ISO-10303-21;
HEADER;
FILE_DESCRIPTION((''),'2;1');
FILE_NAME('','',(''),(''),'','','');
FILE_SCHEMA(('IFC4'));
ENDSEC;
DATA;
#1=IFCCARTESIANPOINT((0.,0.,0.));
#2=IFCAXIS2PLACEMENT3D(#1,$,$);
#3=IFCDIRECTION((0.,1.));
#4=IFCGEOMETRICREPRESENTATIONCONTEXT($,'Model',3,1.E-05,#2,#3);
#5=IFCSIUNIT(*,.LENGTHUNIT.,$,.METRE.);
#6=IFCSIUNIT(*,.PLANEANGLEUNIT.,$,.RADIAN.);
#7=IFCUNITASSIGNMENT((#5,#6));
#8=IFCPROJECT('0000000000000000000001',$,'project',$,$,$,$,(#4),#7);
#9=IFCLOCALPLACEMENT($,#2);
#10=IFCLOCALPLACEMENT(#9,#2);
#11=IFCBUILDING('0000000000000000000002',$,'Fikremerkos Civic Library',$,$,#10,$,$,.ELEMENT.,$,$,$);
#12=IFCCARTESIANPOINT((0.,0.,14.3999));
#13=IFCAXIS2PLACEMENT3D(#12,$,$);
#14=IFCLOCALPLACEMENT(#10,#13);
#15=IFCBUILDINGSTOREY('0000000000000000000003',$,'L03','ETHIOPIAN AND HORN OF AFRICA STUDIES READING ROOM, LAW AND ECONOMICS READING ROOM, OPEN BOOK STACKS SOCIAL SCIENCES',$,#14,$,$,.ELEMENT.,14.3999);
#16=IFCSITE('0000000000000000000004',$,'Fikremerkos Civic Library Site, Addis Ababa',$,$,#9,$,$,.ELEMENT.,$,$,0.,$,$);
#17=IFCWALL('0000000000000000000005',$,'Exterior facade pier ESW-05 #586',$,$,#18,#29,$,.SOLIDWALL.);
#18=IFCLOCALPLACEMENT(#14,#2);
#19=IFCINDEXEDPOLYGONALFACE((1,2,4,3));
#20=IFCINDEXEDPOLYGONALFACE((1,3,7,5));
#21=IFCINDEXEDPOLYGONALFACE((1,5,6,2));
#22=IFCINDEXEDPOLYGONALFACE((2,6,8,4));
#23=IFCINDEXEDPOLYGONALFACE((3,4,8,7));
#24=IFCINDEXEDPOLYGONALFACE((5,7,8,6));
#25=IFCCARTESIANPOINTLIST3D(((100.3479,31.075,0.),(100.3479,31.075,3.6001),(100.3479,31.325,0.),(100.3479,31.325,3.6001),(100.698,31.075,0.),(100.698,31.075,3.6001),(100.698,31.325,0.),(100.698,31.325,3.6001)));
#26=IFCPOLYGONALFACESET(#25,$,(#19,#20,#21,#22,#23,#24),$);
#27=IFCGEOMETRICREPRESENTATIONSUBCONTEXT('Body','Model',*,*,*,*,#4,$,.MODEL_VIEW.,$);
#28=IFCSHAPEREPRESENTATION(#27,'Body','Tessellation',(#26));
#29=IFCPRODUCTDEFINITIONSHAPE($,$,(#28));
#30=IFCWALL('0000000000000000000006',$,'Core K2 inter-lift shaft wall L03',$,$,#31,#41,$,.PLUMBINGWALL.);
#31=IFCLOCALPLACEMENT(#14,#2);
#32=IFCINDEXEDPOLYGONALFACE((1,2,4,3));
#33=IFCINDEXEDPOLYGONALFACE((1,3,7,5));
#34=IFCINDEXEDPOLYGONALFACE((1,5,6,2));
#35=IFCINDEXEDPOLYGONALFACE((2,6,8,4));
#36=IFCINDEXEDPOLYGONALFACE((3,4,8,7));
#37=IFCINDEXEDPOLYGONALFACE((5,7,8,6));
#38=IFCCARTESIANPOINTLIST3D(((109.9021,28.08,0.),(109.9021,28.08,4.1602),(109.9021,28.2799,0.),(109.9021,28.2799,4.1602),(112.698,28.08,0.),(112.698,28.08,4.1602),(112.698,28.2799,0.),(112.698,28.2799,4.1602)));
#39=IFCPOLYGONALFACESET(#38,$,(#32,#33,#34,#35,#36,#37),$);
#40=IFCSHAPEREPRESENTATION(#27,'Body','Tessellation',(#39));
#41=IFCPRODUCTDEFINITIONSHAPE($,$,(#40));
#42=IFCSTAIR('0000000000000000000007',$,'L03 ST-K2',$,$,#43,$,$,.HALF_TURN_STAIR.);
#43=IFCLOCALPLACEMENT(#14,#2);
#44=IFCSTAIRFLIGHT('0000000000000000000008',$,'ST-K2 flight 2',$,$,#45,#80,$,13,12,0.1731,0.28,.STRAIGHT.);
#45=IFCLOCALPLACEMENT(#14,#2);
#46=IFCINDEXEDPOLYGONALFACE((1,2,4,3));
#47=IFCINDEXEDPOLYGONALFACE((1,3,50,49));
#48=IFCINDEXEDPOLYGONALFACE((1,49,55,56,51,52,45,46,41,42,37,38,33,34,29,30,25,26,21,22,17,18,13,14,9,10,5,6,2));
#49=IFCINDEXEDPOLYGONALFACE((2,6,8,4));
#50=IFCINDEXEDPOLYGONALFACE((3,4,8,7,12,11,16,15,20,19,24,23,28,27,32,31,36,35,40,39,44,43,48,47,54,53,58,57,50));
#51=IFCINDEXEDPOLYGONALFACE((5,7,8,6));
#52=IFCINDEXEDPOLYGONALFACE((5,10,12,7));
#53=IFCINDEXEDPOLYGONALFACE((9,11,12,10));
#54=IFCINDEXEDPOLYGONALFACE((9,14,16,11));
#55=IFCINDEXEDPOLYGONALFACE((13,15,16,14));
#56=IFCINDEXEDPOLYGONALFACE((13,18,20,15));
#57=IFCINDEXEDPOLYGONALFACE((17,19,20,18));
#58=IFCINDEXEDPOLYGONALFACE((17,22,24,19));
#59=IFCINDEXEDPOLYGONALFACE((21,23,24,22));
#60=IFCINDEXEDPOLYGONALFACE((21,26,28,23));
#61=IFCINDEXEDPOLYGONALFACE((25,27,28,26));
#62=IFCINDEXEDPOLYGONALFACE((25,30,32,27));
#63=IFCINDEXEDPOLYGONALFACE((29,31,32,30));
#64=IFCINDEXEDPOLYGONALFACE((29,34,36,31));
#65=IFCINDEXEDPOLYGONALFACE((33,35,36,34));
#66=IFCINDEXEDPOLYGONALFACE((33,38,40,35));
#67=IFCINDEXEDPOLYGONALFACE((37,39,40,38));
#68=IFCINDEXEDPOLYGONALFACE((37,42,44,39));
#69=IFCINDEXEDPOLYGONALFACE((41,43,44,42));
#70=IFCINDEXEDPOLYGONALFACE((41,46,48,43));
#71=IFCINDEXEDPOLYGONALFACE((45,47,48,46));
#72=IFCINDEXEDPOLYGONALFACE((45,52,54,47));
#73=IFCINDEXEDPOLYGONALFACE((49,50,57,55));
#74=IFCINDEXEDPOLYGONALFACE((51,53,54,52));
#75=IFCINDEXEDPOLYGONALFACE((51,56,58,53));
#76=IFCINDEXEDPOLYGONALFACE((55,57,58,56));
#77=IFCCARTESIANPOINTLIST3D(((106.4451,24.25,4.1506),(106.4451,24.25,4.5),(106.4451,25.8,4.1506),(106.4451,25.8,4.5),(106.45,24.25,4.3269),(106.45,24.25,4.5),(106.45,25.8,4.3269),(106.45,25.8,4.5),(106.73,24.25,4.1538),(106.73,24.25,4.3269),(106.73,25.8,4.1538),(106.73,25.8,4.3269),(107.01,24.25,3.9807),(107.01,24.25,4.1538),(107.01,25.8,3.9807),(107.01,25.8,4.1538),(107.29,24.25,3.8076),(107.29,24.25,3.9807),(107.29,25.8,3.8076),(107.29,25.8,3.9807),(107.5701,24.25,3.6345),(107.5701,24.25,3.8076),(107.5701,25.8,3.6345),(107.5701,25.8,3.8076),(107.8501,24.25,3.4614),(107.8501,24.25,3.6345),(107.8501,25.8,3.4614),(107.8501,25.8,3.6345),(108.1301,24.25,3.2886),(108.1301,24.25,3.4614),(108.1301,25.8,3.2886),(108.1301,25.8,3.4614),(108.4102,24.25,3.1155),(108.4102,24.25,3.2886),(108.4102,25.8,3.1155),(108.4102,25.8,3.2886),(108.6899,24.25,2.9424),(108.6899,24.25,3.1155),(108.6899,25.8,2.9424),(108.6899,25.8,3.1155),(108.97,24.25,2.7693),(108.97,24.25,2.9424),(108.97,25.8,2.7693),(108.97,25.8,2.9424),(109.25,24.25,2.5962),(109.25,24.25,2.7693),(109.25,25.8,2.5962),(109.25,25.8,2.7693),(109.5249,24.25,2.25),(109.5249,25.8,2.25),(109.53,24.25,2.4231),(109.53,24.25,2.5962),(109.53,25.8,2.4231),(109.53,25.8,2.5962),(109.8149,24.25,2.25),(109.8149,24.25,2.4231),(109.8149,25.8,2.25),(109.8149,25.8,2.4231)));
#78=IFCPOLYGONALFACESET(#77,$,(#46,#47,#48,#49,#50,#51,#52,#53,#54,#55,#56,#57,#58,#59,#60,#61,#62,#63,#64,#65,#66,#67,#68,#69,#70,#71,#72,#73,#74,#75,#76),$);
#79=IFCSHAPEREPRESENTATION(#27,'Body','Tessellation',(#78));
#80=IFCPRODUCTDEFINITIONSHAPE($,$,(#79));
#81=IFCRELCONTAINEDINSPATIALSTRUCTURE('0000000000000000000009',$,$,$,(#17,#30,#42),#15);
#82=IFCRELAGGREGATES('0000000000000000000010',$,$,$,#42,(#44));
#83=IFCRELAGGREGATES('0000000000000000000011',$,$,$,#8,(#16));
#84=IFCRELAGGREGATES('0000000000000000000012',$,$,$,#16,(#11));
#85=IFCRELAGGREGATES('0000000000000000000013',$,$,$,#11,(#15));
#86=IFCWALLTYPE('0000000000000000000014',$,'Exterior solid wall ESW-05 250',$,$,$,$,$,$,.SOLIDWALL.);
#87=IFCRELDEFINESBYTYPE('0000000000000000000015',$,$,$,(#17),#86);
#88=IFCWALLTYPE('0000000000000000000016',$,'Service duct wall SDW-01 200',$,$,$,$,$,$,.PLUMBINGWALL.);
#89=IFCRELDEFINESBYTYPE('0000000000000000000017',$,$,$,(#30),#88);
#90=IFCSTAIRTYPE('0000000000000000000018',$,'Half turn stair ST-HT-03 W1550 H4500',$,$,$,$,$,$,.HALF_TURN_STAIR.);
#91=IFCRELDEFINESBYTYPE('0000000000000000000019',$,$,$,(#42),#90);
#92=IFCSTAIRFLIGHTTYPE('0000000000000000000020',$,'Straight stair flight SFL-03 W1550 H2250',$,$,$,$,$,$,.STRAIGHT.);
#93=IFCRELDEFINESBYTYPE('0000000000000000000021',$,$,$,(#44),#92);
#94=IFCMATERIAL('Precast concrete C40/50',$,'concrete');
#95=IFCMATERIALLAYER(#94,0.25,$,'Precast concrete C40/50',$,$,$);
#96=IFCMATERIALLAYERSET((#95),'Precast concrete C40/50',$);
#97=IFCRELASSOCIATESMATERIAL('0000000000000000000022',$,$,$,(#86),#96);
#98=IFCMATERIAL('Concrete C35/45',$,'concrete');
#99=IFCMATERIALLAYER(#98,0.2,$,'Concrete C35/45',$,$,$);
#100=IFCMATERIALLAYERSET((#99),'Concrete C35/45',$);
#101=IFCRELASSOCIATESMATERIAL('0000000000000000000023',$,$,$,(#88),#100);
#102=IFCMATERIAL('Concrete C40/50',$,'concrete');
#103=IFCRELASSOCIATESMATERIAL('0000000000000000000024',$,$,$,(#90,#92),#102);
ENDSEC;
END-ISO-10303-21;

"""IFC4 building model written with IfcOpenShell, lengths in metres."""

from ifc_helpers import new_model, si_unit, direction, frame, frame_2d, origin, place, context, subcontext, project, spatial, polyline, rectangle, outline, extrude, material, layer, layer_set, type_object, element, aggregate, save


model = new_model("IFC4")

# Units and contexts
model_context = context("Model", 3, precision=1e-05, world=origin(), true_north=direction((0.0, 1.0)))
body_context = subcontext(model_context, "Body", "Model", "MODEL_VIEW")
ifc_project = project(units=[si_unit("LENGTHUNIT", "METRE"), si_unit("PLANEANGLEUNIT", "RADIAN")], contexts=[model_context])

# Site, building, storey
site_placement = place(None, origin())
site = spatial("IfcSite", under=ifc_project, at=site_placement, Name="Fikremerkos Civic Library Site, Addis Ababa", CompositionType="ELEMENT", RefElevation=0.0)
building_placement = place(site_placement, origin())
building = spatial("IfcBuilding", under=site, at=building_placement, Name="Fikremerkos Civic Library", CompositionType="ELEMENT")
storey_placement = place(building_placement, frame((0.0, 0.0, 14.3999)))
storey = spatial("IfcBuildingStorey", under=building, at=storey_placement, Name="L03", Description="ETHIOPIAN AND HORN OF AFRICA STUDIES READING ROOM, LAW AND ECONOMICS READING ROOM, OPEN BOOK STACKS SOCIAL SCIENCES", CompositionType="ELEMENT", Elevation=14.3999)

# Shared definitions
ifc_material_1 = material(Name="Concrete C40/50", Category="concrete")

# Walls
ifc_material_2 = material(Name="Precast concrete C40/50", Category="concrete")
ifc_layer_1 = layer(ifc_material_2, 0.25, Name="Precast concrete C40/50")
ifc_layer_set_1 = layer_set([ifc_layer_1], Name="Precast concrete C40/50")
wall_type_1 = type_object("IfcWallType", Name="Exterior solid wall ESW-05 250", PredefinedType="SOLIDWALL", material=ifc_layer_set_1)
wall_1_placement = place(storey_placement, frame((100.3479, 31.2, 0.0), z_axis=(0.0, 0.0, 1.0), x_axis=(1.0, 0.0, 0.0)))
element("IfcWall", 1, at=wall_1_placement, inside=storey, type_object=wall_type_1, Name="Exterior facade pier ESW-05 #586", PredefinedType="SOLIDWALL", context=body_context, shape_type="SweptSolid", body=[
    extrude(rectangle(XDim=0.3501, YDim=0.25, at=frame_2d((0.175, 0.0))), origin(), (0.0, 0.0, 1.0), 3.6001),
])
ifc_material_3 = material(Name="Concrete C35/45", Category="concrete")
ifc_layer_2 = layer(ifc_material_3, 0.2, Name="Concrete C35/45")
ifc_layer_set_2 = layer_set([ifc_layer_2], Name="Concrete C35/45")
wall_type_2 = type_object("IfcWallType", Name="Service duct wall SDW-01 200", PredefinedType="PLUMBINGWALL", material=ifc_layer_set_2)
wall_2_placement = place(storey_placement, frame((109.9021, 28.1799, 0.0), z_axis=(0.0, 0.0, 1.0), x_axis=(1.0, 0.0, 0.0)))
element("IfcWall", 2, at=wall_2_placement, inside=storey, type_object=wall_type_2, Name="Core K2 inter-lift shaft wall L03", PredefinedType="PLUMBINGWALL", context=body_context, shape_type="SweptSolid", body=[
    extrude(rectangle(XDim=2.7959, YDim=0.2, at=frame_2d((1.3979, 0.0))), origin(), (0.0, 0.0, 1.0), 4.1602),
])

# Stair, stair flight
stair_type = type_object("IfcStairType", Name="Half turn stair ST-HT-03 W1550 H4500", PredefinedType="HALF_TURN_STAIR", material=ifc_material_1)
stair_placement = place(storey_placement, origin())
stair = element("IfcStair", 3, at=stair_placement, inside=storey, type_object=stair_type, Name="L03 ST-K2", PredefinedType="HALF_TURN_STAIR")
stair_flight_type = type_object("IfcStairFlightType", Name="Straight stair flight SFL-03 W1550 H2250", PredefinedType="STRAIGHT", material=ifc_material_1)
stair_flight_placement = place(storey_placement, frame((109.8101, 25.0249, 2.25), z_axis=(0.0, 0.0, 1.0), x_axis=(-1.0, 0.0, 0.0)))
stair_flight = element("IfcStairFlight", 4, at=stair_flight_placement, type_object=stair_flight_type, Name="ST-K2 flight 2", NumberOfRisers=13, NumberOfTreads=12, PredefinedType="STRAIGHT", RiserHeight=0.1731, TreadLength=0.28, context=body_context, shape_type="SweptSolid", body=[
    extrude(outline(polyline([(-0.0049, 0.0), (-0.0049, 0.1731), (0.28, 0.1731), (0.28, 0.3462), (0.5601, 0.3462), (0.5601, 0.5193), (0.8401, 0.5193), (0.8401, 0.6924), (1.1201, 0.6924), (1.1201, 0.8655), (1.3999, 0.8655), (1.3999, 1.0386), (1.6799, 1.0386), (1.6799, 1.2114), (1.96, 1.2114), (1.96, 1.3845), (2.24, 1.3845), (2.24, 1.5576), (2.52, 1.5576), (2.52, 1.7307), (2.8, 1.7307), (2.8, 1.9038), (3.0801, 1.9038), (3.0801, 2.0769), (3.3601, 2.0769), (3.3601, 2.25), (3.365, 2.25), (3.365, 1.9006), (0.2852, 0.0), (-0.0049, 0.0)])), frame((0.0, 0.7749, 0.0), z_axis=(0.0, -1.0, 0.0), x_axis=(1.0, 0.0, 0.0)), (0.0, 0.0, 1.0), 1.55),
])
aggregate(stair, [stair_flight])

save(model, "model.ifc")
